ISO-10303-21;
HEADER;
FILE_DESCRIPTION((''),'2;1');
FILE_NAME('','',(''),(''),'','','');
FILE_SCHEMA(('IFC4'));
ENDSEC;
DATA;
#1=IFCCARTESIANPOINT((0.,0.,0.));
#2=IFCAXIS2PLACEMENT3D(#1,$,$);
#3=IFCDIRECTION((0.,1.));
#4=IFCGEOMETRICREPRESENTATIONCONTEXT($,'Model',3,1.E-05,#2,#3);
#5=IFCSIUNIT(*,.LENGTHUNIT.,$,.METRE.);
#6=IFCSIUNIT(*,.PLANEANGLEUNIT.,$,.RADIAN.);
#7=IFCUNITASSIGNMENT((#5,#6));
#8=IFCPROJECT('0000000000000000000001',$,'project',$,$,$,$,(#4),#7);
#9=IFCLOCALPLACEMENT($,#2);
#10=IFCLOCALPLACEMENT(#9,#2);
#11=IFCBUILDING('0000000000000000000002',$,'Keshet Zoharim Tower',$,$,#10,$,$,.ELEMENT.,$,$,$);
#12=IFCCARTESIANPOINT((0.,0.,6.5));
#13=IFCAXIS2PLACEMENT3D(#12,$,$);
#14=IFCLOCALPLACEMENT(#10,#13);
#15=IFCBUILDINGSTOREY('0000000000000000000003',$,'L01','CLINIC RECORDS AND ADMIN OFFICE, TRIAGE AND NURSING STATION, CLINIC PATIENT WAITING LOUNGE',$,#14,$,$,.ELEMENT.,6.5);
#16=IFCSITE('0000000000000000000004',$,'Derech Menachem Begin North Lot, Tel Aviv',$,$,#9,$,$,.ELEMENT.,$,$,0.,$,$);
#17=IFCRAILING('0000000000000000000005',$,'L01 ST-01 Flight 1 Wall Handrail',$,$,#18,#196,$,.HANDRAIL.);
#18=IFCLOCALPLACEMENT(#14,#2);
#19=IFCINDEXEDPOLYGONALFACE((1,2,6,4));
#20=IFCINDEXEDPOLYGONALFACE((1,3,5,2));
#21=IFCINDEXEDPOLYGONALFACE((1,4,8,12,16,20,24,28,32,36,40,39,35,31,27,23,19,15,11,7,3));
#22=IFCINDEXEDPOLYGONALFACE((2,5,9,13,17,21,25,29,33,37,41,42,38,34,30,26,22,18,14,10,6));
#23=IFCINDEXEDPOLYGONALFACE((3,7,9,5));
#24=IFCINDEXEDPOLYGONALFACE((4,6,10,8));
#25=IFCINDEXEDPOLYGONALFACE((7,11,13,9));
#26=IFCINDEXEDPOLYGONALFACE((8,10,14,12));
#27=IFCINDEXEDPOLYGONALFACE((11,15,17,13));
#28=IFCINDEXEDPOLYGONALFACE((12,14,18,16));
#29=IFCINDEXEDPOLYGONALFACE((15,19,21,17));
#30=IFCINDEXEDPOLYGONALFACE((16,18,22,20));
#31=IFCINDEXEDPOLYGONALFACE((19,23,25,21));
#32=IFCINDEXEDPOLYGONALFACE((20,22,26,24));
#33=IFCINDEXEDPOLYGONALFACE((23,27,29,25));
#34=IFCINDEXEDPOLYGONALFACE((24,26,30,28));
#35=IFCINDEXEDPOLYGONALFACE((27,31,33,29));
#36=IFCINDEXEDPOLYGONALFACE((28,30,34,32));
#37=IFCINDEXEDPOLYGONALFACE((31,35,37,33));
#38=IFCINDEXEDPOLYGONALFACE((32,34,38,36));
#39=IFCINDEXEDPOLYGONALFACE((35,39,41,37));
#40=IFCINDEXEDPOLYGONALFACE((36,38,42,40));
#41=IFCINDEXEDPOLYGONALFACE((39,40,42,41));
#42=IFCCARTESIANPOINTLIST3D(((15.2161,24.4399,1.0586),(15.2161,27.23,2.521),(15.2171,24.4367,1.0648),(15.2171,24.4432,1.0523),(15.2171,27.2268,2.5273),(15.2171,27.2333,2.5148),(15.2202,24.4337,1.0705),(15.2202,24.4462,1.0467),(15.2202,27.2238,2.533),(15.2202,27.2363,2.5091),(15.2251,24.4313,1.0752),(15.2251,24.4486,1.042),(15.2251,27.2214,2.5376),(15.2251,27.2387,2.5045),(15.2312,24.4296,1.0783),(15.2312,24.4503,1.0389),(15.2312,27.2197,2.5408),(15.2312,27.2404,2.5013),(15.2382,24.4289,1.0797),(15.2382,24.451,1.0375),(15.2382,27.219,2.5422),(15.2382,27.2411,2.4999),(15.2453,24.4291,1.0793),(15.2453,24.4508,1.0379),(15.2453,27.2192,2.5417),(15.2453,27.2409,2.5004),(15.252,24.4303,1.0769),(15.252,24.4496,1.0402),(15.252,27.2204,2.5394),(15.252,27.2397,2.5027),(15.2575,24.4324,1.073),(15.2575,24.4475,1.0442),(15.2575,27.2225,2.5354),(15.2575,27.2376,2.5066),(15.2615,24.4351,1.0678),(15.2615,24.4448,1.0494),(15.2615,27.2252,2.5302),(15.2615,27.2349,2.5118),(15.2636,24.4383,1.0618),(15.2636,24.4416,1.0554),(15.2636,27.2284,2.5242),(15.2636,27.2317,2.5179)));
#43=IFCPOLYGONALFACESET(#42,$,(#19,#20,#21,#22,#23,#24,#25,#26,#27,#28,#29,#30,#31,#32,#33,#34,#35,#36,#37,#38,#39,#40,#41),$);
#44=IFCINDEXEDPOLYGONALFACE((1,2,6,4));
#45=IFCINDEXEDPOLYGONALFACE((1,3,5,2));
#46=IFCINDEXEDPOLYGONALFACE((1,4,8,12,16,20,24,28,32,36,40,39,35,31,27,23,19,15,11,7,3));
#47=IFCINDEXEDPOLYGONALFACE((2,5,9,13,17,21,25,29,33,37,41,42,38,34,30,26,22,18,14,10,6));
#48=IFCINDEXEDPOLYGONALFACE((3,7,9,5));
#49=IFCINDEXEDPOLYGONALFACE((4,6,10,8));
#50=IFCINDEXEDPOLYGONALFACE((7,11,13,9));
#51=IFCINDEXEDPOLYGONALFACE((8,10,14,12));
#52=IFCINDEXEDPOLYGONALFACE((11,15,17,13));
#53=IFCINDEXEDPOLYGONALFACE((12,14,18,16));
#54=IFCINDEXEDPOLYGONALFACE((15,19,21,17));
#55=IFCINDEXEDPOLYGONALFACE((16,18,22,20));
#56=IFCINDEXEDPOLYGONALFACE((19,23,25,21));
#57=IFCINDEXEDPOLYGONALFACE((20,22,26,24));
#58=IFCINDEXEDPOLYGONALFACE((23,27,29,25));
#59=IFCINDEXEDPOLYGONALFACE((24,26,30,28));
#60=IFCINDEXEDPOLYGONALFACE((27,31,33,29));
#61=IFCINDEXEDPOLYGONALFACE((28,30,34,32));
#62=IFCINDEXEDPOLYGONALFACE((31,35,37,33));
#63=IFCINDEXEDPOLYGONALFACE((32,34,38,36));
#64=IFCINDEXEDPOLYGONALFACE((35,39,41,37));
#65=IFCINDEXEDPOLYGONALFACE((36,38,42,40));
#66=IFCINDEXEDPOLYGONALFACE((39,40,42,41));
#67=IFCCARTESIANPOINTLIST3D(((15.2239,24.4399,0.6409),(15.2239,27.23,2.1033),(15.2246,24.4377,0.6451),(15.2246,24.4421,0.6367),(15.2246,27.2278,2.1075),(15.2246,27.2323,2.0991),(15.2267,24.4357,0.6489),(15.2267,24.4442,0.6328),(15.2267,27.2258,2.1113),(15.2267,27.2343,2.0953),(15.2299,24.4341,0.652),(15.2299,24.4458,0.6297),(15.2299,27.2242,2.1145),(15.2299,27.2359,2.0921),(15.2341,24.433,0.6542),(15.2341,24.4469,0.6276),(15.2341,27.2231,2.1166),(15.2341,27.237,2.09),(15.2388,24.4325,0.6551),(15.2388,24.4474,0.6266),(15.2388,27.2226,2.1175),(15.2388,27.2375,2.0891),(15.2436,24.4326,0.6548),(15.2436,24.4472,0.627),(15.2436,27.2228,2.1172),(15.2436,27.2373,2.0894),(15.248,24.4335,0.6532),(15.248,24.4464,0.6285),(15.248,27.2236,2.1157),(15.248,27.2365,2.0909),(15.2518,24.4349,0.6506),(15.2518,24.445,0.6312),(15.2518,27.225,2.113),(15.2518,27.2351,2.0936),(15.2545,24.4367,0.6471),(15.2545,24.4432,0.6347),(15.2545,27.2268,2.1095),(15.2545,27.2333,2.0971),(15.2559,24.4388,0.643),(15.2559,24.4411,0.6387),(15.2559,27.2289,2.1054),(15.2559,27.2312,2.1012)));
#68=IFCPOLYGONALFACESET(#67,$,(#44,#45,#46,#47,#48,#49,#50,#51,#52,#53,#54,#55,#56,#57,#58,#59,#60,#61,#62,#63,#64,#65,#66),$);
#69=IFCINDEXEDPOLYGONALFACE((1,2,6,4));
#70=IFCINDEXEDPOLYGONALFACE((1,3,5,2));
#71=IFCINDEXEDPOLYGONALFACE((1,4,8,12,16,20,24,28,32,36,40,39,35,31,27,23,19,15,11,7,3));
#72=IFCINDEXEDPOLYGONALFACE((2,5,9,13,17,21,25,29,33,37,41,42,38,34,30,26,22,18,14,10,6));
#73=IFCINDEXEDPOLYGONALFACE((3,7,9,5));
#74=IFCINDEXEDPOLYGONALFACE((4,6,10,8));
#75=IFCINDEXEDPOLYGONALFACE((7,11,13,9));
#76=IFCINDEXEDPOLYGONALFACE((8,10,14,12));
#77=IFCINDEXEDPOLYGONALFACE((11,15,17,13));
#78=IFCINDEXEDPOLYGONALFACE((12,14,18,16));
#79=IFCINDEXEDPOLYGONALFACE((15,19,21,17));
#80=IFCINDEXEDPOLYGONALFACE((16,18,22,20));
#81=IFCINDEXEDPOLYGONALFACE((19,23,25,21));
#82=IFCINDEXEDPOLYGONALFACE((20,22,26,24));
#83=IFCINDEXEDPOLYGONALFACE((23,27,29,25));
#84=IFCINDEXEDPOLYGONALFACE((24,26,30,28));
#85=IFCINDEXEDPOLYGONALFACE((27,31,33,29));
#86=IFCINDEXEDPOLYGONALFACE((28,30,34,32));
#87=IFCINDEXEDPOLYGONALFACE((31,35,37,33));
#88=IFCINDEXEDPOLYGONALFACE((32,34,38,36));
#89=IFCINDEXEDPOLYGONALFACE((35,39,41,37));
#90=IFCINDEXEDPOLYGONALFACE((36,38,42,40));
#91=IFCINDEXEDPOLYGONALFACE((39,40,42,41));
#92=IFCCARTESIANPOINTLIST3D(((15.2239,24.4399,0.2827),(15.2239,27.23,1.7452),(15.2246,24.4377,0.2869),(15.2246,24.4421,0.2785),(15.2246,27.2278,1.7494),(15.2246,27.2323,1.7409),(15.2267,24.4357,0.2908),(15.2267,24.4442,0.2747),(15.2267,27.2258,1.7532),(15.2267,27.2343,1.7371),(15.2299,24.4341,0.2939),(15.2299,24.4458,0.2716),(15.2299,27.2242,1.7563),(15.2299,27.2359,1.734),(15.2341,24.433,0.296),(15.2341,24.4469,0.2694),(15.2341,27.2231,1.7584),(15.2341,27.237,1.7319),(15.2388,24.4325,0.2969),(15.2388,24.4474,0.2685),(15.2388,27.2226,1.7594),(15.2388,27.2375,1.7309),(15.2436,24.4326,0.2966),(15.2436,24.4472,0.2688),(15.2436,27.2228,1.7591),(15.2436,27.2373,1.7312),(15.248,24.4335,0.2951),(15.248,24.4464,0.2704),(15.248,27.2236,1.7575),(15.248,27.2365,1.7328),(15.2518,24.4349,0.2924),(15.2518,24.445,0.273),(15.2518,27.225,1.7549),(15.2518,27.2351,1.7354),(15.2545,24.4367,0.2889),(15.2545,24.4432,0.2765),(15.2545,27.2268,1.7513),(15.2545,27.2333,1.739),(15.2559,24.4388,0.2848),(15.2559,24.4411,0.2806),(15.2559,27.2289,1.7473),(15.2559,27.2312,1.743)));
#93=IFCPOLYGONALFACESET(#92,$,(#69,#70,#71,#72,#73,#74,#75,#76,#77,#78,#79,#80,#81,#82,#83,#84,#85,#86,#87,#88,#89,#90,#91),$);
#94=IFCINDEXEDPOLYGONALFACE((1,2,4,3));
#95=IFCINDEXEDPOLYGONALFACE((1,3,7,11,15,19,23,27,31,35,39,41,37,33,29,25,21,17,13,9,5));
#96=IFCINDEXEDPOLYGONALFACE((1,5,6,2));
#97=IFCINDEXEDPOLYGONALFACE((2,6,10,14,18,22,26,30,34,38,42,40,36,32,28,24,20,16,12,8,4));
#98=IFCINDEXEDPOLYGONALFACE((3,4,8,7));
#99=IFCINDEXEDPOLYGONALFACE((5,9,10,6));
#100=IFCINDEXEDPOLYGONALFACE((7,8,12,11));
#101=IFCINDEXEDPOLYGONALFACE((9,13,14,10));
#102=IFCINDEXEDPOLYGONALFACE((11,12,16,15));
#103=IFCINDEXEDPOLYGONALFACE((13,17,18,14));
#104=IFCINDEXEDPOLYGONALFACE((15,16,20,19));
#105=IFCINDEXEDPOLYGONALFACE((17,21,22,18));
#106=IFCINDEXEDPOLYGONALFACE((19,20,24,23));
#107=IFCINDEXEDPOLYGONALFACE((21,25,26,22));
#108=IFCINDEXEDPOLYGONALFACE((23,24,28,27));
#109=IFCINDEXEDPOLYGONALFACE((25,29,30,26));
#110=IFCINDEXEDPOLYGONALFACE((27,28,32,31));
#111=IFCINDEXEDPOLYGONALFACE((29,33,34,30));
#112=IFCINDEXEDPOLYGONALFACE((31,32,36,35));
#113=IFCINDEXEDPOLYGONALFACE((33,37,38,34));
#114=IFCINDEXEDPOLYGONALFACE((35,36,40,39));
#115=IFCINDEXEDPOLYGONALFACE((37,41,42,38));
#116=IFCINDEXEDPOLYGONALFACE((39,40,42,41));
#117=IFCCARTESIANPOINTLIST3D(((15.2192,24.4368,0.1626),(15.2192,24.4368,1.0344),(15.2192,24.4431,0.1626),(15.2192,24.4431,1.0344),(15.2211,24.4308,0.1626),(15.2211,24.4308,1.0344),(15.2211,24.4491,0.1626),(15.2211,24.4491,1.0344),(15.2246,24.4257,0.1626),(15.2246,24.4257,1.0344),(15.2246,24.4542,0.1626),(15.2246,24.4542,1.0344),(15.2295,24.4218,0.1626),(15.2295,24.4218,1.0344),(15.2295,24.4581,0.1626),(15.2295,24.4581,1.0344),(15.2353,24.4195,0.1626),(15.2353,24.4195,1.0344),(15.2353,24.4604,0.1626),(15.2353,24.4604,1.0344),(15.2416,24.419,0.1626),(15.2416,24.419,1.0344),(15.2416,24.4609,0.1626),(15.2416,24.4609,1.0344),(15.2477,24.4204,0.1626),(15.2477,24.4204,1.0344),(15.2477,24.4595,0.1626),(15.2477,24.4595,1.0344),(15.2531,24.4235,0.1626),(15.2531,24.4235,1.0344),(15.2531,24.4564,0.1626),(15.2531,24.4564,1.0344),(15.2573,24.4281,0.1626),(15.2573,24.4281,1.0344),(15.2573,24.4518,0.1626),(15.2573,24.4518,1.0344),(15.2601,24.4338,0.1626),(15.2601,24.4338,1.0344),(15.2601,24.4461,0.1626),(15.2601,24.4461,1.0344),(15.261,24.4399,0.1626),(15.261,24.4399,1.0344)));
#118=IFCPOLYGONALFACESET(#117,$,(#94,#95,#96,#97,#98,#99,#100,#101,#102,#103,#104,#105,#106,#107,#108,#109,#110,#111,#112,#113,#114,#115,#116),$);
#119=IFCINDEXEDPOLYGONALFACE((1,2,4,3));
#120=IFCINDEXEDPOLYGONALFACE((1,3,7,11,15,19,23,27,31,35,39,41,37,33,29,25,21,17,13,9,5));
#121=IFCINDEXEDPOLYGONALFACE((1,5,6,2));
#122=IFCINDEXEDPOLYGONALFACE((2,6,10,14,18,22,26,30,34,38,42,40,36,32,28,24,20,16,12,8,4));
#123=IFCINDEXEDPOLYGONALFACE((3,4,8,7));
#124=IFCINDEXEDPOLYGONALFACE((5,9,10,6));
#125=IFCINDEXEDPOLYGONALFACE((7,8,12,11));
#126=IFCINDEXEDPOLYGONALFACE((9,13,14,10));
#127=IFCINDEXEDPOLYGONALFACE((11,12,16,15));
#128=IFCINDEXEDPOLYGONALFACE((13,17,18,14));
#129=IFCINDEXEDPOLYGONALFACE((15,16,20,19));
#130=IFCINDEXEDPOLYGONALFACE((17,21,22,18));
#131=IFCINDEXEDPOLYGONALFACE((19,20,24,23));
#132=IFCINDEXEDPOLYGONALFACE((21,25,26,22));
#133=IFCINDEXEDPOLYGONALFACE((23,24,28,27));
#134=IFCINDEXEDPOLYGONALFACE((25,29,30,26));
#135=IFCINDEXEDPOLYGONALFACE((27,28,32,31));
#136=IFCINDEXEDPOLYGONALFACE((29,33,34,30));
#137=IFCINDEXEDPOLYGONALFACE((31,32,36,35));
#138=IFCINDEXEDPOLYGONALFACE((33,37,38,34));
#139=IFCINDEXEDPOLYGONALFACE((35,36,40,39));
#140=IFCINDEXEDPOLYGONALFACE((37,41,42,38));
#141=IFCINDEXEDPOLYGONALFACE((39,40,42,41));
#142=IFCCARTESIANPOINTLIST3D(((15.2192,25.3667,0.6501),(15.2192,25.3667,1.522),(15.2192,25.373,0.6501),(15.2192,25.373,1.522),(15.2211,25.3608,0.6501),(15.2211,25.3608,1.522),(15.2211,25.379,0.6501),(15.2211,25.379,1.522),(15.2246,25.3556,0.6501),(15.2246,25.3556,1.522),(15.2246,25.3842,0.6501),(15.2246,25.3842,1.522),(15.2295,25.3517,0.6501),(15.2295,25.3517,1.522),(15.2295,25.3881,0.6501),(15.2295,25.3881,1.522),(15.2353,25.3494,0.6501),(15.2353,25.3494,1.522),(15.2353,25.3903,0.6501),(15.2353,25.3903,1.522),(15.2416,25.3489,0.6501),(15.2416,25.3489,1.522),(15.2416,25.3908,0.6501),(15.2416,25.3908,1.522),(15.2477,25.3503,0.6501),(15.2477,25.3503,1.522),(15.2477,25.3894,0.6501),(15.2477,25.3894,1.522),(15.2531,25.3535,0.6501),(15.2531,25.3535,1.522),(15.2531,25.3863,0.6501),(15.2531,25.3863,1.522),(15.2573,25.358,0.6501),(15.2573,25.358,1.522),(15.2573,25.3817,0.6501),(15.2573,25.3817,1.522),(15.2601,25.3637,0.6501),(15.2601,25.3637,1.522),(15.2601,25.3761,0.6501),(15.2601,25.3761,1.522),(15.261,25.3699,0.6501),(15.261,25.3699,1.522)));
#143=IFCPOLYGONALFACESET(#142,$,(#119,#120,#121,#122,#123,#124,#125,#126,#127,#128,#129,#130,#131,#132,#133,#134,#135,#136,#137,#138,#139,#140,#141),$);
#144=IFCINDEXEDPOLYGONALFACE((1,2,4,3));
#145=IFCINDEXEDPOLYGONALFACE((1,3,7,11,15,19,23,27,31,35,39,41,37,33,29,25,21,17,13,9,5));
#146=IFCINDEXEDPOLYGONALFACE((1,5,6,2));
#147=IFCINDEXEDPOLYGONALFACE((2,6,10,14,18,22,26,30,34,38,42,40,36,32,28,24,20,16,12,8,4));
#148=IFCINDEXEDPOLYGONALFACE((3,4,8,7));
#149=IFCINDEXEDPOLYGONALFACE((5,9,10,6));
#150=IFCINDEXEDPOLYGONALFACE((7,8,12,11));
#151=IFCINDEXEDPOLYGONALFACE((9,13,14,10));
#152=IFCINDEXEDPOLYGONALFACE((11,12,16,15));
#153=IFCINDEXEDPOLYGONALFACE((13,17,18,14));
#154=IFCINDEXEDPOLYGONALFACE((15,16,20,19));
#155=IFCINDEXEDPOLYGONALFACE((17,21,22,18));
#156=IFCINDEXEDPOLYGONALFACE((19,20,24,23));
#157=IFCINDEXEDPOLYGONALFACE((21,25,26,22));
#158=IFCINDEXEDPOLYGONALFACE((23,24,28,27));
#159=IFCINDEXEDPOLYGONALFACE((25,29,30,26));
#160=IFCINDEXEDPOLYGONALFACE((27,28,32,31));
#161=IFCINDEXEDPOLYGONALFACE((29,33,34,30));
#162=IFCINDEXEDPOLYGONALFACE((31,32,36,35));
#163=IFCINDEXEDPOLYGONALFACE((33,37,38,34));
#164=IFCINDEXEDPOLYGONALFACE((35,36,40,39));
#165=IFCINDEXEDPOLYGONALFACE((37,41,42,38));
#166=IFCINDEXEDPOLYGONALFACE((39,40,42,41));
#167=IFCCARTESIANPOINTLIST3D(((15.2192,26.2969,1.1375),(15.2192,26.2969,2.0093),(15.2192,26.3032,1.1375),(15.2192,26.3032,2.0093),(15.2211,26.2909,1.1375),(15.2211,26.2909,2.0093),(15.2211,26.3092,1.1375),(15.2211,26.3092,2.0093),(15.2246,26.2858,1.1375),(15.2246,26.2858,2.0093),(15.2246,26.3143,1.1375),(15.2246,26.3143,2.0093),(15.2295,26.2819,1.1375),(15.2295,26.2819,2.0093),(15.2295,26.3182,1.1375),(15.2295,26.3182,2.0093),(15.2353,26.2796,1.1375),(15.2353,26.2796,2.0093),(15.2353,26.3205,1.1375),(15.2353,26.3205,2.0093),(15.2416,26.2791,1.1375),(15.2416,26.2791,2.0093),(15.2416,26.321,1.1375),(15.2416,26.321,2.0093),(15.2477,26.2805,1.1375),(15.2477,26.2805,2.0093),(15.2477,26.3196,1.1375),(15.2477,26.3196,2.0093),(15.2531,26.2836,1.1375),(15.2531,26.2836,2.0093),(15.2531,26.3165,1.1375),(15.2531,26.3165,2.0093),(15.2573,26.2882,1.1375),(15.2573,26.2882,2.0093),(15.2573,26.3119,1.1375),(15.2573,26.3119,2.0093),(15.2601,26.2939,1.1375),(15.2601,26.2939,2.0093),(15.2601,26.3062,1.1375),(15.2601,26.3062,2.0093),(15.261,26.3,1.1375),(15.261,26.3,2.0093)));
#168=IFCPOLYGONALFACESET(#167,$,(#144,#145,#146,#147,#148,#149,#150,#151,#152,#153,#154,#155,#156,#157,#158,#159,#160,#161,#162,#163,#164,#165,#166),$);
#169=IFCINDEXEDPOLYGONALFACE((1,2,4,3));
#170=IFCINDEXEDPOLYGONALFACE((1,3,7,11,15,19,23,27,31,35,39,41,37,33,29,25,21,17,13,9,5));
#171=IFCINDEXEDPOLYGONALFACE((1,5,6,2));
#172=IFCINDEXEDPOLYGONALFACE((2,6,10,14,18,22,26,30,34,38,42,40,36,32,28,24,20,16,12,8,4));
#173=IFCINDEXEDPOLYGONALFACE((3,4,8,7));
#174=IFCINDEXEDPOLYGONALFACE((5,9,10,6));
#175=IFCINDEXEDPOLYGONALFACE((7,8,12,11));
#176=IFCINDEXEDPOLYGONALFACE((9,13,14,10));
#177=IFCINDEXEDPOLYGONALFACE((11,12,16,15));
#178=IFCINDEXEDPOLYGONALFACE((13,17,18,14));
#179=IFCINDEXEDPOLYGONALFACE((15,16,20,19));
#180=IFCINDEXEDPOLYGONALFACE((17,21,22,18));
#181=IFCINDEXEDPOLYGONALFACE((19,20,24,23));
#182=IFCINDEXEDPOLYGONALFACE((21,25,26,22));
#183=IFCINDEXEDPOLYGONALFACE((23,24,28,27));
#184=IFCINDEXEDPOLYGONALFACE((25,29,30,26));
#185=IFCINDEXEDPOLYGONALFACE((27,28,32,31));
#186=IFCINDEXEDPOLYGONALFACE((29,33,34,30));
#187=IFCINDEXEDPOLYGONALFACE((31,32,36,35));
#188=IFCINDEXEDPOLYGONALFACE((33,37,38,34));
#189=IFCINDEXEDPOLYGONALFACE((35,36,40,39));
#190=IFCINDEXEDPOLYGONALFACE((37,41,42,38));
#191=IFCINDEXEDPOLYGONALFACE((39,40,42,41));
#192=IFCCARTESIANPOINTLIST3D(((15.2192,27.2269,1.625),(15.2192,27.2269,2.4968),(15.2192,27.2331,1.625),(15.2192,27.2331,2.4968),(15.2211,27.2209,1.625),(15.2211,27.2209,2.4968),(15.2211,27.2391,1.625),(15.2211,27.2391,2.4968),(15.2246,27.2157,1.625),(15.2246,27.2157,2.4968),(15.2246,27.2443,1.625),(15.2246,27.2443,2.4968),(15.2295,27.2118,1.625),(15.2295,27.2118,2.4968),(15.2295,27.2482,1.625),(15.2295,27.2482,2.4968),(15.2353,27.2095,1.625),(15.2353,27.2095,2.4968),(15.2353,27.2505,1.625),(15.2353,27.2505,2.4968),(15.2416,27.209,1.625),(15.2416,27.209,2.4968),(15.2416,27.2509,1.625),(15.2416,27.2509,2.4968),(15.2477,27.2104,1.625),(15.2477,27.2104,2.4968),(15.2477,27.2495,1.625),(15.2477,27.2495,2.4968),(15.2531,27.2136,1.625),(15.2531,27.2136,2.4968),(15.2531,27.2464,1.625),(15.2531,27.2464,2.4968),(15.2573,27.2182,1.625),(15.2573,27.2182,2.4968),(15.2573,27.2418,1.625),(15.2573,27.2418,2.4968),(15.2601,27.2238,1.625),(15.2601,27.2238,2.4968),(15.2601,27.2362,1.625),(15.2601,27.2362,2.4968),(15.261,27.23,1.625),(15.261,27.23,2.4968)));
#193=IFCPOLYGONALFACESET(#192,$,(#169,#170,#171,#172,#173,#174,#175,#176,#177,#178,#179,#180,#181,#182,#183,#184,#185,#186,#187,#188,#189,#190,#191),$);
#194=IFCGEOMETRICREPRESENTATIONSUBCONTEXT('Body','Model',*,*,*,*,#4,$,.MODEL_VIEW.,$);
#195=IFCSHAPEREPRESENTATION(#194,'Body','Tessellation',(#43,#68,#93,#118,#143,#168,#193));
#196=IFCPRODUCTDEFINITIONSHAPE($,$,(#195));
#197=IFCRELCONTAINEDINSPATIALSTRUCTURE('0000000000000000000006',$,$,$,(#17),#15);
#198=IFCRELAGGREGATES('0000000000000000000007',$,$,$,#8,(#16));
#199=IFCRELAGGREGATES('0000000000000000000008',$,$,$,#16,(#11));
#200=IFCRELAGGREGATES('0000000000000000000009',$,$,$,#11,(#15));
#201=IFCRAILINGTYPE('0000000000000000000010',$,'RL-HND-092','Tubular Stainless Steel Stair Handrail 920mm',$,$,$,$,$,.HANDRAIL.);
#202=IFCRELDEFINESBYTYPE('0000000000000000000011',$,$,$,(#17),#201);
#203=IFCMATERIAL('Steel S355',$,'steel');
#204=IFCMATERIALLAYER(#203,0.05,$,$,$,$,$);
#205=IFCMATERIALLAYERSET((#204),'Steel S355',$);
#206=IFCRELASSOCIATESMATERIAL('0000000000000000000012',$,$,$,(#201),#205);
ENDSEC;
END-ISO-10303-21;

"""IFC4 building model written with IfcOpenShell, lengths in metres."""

from ifc_helpers import new_model, si_unit, direction, frame, origin, origin_2d, place, context, subcontext, project, spatial, circle, extrude, material, layer, layer_set, type_object, element, save


model = new_model("IFC4")

# Units and contexts
model_context = context("Model", 3, precision=1e-05, world=origin(), true_north=direction((0.0, 1.0)))
body_context = subcontext(model_context, "Body", "Model", "MODEL_VIEW")
ifc_project = project(units=[si_unit("LENGTHUNIT", "METRE"), si_unit("PLANEANGLEUNIT", "RADIAN")], contexts=[model_context])

# Site, building, storey
site_placement = place(None, origin())
site = spatial("IfcSite", under=ifc_project, at=site_placement, Name="Derech Menachem Begin North Lot, Tel Aviv", CompositionType="ELEMENT", RefElevation=0.0)
building_placement = place(site_placement, origin())
building = spatial("IfcBuilding", under=site, at=building_placement, Name="Keshet Zoharim Tower", CompositionType="ELEMENT")
storey_placement = place(building_placement, frame((0.0, 0.0, 6.5)))
storey = spatial("IfcBuildingStorey", under=building, at=storey_placement, Name="L01", Description="CLINIC RECORDS AND ADMIN OFFICE, TRIAGE AND NURSING STATION, CLINIC PATIENT WAITING LOUNGE", CompositionType="ELEMENT", Elevation=6.5)

# Shared definitions
ifc_material_1 = material(Name="Steel S355", Category="steel")

# Railing
ifc_layer_1 = layer(ifc_material_1, 0.05)
ifc_layer_set_1 = layer_set([ifc_layer_1], Name="Steel S355")
railing_type_1 = type_object("IfcRailingType", Name="RL-HND-092", Description="Tubular Stainless Steel Stair Handrail 920mm", PredefinedType="HANDRAIL", material=ifc_layer_set_1)
for number, where, name in (
    (1, (15.24, 24.4399, 0.1626), "L01 ST-01 Flight 1 Wall Handrail"),
):
    element("IfcRailing", number, at=place(storey_placement, frame(where)), inside=storey, type_object=railing_type_1, Name=name, PredefinedType="HANDRAIL", context=body_context, shape_type="SweptSolid", body=[
        extrude(circle(Radius=0.0239, at=origin_2d()), frame((0.0, 0.0, 0.896), z_axis=(0.0, 0.885707, 0.464244), x_axis=(-1.0, 0.0, 0.0)), (0.0, 0.0, 1.0), 3.1501),
        extrude(circle(Radius=0.0161, at=origin_2d()), frame((0.0, 0.0, 0.4783), z_axis=(0.0, 0.885707, 0.464244), x_axis=(-1.0, 0.0, 0.0)), (0.0, 0.0, 1.0), 3.1501),
        extrude(circle(Radius=0.0161, at=origin_2d()), frame((0.0, 0.0, 0.1201), z_axis=(0.0, 0.885707, 0.464244), x_axis=(-1.0, 0.0, 0.0)), (0.0, 0.0, 1.0), 3.1501),
        extrude(circle(Radius=0.021, at=origin_2d()), origin(), (0.0, 0.0, 1.0), 0.8718),
        extrude(circle(Radius=0.021, at=origin_2d()), frame((0.0, 0.9299, 0.4875)), (0.0, 0.0, 1.0), 0.8718),
        extrude(circle(Radius=0.021, at=origin_2d()), frame((0.0, 1.8601, 0.9749)), (0.0, 0.0, 1.0), 0.8718),
        extrude(circle(Radius=0.021, at=origin_2d()), frame((0.0, 2.79, 1.4624)), (0.0, 0.0, 1.0), 0.8718),
    ])

save(model, "model.ifc")
